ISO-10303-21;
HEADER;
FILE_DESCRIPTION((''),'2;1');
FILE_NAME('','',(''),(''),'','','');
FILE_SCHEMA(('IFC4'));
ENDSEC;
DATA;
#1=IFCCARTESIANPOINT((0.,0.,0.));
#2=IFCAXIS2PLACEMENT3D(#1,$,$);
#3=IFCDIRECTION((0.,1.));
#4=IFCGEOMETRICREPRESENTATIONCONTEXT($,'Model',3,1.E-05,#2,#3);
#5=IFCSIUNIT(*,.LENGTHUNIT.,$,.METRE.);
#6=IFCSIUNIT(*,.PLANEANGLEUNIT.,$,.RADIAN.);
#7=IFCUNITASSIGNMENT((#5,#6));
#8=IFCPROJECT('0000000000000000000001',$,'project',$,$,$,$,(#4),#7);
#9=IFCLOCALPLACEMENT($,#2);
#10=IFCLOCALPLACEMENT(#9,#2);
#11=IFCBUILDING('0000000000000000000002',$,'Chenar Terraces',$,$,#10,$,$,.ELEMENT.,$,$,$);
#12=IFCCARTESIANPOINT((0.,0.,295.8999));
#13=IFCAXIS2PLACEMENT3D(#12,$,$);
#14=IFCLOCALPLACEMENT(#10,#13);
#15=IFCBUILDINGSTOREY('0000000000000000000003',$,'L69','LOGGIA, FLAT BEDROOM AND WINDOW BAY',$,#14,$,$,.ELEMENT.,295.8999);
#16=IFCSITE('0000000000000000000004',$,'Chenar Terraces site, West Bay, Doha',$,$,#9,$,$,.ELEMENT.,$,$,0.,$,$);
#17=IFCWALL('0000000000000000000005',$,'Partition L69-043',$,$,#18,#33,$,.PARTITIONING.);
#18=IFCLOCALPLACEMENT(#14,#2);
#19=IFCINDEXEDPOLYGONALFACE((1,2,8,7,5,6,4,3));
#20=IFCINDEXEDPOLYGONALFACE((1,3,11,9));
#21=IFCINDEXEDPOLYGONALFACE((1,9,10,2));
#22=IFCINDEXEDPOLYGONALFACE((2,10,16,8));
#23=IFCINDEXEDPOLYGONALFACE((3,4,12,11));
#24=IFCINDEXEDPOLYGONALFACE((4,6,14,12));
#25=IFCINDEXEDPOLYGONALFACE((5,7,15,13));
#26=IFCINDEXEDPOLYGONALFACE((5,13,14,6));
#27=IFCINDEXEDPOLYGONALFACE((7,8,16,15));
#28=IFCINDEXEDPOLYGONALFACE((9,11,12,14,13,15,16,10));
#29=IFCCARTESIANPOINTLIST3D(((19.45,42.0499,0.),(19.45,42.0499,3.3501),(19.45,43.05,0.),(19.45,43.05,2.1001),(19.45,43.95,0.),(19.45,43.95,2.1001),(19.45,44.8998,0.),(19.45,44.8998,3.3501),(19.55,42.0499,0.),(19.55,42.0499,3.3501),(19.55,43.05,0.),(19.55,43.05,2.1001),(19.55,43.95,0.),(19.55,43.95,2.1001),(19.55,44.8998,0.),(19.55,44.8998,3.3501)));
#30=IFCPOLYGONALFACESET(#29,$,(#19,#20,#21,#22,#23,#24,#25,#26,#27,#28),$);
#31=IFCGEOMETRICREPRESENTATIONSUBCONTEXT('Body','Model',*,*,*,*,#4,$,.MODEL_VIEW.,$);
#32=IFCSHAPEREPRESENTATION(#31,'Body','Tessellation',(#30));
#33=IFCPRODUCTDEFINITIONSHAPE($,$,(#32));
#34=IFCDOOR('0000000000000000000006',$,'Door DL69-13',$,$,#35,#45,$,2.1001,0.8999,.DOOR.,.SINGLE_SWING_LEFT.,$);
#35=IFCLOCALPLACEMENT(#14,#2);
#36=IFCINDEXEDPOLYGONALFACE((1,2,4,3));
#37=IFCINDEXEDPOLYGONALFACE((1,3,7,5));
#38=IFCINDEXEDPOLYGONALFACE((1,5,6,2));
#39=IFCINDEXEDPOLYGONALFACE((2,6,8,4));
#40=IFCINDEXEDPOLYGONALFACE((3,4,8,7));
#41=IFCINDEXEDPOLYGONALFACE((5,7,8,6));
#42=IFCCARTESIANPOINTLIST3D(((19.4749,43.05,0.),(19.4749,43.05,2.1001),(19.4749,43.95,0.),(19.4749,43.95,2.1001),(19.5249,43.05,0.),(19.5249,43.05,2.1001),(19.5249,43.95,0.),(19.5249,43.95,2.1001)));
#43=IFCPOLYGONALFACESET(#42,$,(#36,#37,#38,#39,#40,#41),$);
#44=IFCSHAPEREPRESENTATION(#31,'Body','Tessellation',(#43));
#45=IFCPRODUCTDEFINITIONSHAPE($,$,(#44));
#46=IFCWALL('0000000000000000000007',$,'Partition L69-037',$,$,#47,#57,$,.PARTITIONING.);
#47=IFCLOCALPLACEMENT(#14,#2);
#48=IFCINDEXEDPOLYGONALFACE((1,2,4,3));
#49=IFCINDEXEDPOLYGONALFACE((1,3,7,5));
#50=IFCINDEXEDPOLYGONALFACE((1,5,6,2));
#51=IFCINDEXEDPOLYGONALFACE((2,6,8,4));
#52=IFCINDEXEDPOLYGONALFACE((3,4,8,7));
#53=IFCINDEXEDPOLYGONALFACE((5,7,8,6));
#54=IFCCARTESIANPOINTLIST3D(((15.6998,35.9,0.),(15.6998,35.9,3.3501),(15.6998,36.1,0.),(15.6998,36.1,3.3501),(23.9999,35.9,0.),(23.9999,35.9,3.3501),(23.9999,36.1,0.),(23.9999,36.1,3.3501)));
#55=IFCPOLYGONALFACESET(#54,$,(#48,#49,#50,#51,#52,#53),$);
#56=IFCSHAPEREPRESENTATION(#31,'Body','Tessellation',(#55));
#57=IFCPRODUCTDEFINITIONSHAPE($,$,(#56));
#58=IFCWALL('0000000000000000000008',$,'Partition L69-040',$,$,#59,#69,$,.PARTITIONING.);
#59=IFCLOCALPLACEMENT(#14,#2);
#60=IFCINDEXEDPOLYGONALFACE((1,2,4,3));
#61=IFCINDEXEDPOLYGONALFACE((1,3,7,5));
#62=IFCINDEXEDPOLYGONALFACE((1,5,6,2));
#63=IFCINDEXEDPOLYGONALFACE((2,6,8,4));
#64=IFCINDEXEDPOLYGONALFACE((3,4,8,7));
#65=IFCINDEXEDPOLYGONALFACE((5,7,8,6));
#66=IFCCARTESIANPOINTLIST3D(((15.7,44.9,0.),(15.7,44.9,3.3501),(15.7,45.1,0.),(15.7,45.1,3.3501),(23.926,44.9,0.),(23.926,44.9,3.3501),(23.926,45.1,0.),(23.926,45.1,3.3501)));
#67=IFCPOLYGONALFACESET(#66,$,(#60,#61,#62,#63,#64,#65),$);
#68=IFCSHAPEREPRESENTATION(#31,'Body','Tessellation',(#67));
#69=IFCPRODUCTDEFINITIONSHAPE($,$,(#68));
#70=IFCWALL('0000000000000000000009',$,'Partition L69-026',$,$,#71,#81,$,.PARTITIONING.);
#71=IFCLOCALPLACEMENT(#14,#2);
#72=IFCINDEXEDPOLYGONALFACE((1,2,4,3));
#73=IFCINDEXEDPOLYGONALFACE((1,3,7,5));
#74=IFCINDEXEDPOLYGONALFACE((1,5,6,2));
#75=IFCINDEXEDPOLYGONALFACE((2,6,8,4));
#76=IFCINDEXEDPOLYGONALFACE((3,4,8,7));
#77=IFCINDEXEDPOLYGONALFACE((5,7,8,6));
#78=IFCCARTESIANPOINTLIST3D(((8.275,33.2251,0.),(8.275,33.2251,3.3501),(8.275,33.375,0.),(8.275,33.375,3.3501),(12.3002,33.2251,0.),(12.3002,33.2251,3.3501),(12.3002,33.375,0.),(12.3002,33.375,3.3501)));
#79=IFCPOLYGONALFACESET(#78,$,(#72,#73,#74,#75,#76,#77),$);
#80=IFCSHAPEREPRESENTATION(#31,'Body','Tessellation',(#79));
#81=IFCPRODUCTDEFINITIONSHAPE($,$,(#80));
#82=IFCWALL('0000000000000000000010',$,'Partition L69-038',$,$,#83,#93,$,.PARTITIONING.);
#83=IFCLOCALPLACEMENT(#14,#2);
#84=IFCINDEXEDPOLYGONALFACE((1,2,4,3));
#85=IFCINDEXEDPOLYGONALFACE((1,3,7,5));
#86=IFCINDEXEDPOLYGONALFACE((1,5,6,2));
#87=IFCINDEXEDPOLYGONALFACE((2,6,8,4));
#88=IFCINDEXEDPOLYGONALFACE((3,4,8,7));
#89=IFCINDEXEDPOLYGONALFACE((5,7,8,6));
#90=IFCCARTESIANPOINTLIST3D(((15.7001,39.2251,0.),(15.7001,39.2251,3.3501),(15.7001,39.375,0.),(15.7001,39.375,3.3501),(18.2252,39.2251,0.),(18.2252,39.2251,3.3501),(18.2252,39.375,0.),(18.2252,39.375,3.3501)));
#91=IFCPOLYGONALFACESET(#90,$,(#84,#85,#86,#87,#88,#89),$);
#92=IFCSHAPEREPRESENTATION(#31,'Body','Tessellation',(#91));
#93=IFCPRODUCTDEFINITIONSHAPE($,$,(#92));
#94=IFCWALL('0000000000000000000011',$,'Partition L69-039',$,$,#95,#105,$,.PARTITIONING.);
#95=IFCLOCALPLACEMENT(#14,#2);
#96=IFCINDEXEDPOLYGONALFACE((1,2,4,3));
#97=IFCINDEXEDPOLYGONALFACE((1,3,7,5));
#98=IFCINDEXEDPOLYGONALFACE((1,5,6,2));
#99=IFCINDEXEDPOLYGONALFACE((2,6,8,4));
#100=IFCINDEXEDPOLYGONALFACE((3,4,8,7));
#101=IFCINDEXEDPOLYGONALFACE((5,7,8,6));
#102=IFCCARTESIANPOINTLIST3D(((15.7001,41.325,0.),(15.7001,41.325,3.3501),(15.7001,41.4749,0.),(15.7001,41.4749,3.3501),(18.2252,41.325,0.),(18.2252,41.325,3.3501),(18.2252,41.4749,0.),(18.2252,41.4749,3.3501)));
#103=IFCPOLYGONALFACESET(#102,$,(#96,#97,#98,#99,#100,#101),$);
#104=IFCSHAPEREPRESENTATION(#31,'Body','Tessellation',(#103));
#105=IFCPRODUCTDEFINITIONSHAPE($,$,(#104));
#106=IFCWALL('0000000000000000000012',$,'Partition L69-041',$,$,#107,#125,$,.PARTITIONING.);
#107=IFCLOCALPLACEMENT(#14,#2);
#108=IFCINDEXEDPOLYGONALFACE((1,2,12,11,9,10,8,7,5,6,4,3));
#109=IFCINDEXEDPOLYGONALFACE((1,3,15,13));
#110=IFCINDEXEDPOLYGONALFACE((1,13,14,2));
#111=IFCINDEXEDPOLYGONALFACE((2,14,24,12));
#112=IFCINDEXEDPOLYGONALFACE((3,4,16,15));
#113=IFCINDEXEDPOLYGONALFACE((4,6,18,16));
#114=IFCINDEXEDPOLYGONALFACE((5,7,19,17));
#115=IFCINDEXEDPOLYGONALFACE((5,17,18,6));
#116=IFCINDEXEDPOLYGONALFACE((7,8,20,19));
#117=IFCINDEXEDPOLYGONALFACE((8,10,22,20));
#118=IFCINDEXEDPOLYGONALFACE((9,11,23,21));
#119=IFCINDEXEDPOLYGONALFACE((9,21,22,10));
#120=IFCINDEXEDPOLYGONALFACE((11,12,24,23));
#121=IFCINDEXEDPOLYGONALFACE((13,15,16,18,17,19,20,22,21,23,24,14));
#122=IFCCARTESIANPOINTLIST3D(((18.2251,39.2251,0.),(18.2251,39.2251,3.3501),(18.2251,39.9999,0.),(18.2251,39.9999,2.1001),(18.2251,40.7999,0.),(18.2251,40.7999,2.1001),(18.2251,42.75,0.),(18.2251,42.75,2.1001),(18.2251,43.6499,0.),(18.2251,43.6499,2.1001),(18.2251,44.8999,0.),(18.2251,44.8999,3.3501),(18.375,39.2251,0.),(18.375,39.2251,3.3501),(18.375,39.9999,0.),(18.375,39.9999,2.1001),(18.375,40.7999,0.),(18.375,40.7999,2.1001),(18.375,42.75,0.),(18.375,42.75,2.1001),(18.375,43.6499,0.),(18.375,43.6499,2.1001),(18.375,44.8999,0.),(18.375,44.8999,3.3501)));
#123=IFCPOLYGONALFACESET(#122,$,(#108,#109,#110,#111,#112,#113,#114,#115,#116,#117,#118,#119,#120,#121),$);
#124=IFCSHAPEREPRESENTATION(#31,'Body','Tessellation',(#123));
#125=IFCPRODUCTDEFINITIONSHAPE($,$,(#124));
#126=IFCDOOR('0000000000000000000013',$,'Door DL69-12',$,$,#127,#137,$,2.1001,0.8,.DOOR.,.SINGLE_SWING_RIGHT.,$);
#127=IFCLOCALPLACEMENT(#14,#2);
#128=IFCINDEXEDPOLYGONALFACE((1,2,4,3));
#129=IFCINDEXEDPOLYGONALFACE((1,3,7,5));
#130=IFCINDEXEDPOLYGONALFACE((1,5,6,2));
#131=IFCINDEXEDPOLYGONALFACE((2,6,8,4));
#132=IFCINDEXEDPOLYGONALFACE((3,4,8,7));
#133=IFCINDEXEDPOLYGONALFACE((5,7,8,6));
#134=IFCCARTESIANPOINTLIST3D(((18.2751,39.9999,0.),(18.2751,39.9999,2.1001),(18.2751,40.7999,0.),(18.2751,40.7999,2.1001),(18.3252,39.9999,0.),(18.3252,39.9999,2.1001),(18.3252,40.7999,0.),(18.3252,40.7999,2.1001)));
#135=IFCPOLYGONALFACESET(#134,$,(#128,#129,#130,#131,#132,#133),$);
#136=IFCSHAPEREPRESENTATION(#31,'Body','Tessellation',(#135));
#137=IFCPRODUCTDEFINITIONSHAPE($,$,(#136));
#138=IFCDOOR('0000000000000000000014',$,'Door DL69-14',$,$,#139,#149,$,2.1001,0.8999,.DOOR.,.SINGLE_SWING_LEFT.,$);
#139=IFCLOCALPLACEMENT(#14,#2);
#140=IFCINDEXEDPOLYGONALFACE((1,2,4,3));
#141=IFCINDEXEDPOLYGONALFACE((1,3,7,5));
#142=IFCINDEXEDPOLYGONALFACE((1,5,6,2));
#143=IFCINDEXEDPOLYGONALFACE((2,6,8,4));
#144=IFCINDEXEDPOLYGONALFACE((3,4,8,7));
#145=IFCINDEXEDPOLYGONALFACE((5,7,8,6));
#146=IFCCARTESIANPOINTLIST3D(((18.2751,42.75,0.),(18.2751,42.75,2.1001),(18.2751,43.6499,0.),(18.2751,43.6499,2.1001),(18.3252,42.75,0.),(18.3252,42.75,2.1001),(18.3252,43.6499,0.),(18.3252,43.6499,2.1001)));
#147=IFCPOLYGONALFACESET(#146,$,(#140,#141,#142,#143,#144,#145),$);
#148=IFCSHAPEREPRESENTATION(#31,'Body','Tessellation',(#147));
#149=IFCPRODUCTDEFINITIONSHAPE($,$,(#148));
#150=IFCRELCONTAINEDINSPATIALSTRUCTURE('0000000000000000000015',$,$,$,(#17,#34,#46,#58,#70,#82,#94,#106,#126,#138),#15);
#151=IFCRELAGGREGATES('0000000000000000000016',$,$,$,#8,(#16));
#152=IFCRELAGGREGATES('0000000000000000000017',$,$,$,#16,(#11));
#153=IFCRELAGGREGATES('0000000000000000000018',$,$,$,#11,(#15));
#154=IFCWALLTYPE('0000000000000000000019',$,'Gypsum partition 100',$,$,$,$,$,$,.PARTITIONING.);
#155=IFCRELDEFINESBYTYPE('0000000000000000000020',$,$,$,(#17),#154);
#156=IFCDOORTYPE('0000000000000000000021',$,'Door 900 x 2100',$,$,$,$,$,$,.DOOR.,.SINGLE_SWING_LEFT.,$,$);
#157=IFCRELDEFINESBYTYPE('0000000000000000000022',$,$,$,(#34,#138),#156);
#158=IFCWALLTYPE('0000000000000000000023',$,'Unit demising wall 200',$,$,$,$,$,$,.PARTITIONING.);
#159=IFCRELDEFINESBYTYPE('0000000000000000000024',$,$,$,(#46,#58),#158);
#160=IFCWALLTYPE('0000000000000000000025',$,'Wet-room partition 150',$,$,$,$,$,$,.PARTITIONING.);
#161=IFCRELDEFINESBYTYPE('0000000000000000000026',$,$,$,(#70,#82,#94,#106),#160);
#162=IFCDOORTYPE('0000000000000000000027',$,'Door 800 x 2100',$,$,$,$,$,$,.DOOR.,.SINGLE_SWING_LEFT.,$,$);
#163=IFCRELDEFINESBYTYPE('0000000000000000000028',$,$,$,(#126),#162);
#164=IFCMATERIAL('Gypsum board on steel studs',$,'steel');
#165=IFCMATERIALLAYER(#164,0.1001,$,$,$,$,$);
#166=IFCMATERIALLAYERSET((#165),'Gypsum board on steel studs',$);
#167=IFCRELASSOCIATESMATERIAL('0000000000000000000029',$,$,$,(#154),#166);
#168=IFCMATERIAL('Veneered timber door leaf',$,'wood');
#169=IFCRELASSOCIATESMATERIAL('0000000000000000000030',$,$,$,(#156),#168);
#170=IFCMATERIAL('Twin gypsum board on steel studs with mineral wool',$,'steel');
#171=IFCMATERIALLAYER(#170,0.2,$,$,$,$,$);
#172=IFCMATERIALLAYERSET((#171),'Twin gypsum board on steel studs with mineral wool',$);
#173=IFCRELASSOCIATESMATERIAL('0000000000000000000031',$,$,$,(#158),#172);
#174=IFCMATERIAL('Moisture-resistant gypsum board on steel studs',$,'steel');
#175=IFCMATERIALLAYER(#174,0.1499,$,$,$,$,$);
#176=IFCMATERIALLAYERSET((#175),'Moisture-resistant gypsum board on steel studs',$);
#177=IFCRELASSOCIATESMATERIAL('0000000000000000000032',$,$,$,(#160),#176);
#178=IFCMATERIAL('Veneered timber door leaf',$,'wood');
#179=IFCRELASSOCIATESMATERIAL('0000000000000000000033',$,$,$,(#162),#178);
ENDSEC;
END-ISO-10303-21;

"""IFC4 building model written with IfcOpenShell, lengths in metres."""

from ifc_helpers import new_model, si_unit, direction, frame, frame_2d, origin, place, context, subcontext, project, spatial, rectangle, extrude, material, layer, layer_set, type_object, element, fill, save


model = new_model("IFC4")

# Units and contexts
model_context = context("Model", 3, precision=1e-05, world=origin(), true_north=direction((0.0, 1.0)))
body_context = subcontext(model_context, "Body", "Model", "MODEL_VIEW")
ifc_project = project(units=[si_unit("LENGTHUNIT", "METRE"), si_unit("PLANEANGLEUNIT", "RADIAN")], contexts=[model_context])

# Site, building, storey
site_placement = place(None, origin())
site = spatial("IfcSite", under=ifc_project, at=site_placement, Name="Chenar Terraces site, West Bay, Doha", CompositionType="ELEMENT", RefElevation=0.0)
building_placement = place(site_placement, origin())
building = spatial("IfcBuilding", under=site, at=building_placement, Name="Chenar Terraces", CompositionType="ELEMENT")
storey_placement = place(building_placement, frame((0.0, 0.0, 295.8999)))
storey = spatial("IfcBuildingStorey", under=building, at=storey_placement, Name="L69", Description="LOGGIA, FLAT BEDROOM AND WINDOW BAY", CompositionType="ELEMENT", Elevation=295.8999)

# Shared definitions
ifc_material_1 = material(Name="Gypsum board on steel studs", Category="steel")
ifc_layer_1 = layer(ifc_material_1, 0.1001)
ifc_layer_set_1 = layer_set([ifc_layer_1], Name="Gypsum board on steel studs")
wall_type_1 = type_object("IfcWallType", Name="Gypsum partition 100", PredefinedType="PARTITIONING", material=ifc_layer_set_1)

# Wall, opening, door
wall_1_placement = place(storey_placement, frame((19.5, 42.05, 0.0), z_axis=(0.0, 0.0, 1.0), x_axis=(0.0, 1.0, 0.0)))
wall_1 = element("IfcWall", 1, at=wall_1_placement, inside=storey, type_object=wall_type_1, Name="Partition L69-043", PredefinedType="PARTITIONING", context=body_context, shape_type="SweptSolid", body=[
    extrude(rectangle(XDim=2.8499, YDim=0.1001, at=frame_2d((1.4248, 0.0))), origin(), (0.0, 0.0, 1.0), 3.3501),
])
opening_1_placement = place(wall_1_placement, frame((1.0, 0.0, 0.0)))
opening_1 = element("IfcOpeningElement", 2, at=opening_1_placement, cuts=wall_1, PredefinedType="OPENING", context=body_context, shape_type="SweptSolid", body=[
    extrude(rectangle(XDim=0.8999, YDim=2.1001, at=frame_2d((0.45, 1.05))), frame((0.0, 0.0601, 0.0), z_axis=(0.0, -1.0, 0.0), x_axis=(1.0, 0.0, 0.0)), (0.0, 0.0, 1.0), 0.1201),
])
ifc_material_2 = material(Name="Veneered timber door leaf", Category="wood")
door_type_1 = type_object("IfcDoorType", Name="Door 900 x 2100", OperationType="SINGLE_SWING_LEFT", PredefinedType="DOOR", material=ifc_material_2)
door_1_placement = place(opening_1_placement, frame((0.8999, 0.0, 0.0), z_axis=(0.0, 0.0, 1.0), x_axis=(-1.0, 0.0, 0.0)))
door_1 = element("IfcDoor", 3, at=door_1_placement, inside=storey, type_object=door_type_1, Name="Door DL69-13", OperationType="SINGLE_SWING_LEFT", OverallHeight=2.1001, OverallWidth=0.8999, PredefinedType="DOOR", context=body_context, shape_type="SweptSolid", body=[
    extrude(rectangle(XDim=0.8999, YDim=2.1001, at=frame_2d((0.45, 1.05))), frame((0.0, 0.0249, 0.0), z_axis=(0.0, -1.0, 0.0), x_axis=(1.0, 0.0, 0.0)), (0.0, 0.0, 1.0), 0.05),
])
fill(opening_1, door_1)

# Walls
ifc_material_3 = material(Name="Twin gypsum board on steel studs with mineral wool", Category="steel")
ifc_layer_2 = layer(ifc_material_3, 0.2)
ifc_layer_set_2 = layer_set([ifc_layer_2], Name="Twin gypsum board on steel studs with mineral wool")
wall_type_2 = type_object("IfcWallType", Name="Unit demising wall 200", PredefinedType="PARTITIONING", material=ifc_layer_set_2)
wall_2_placement = place(storey_placement, frame((15.7, 36.0, 0.0), z_axis=(0.0, 0.0, 1.0), x_axis=(1.0, 0.0, 0.0)))
element("IfcWall", 4, at=wall_2_placement, inside=storey, type_object=wall_type_2, Name="Partition L69-037", PredefinedType="PARTITIONING", context=body_context, shape_type="SweptSolid", body=[
    extrude(rectangle(XDim=8.3, YDim=0.2, at=frame_2d((4.1499, 0.0))), origin(), (0.0, 0.0, 1.0), 3.3501),
])
wall_3_placement = place(storey_placement, frame((15.7, 45.0, 0.0), z_axis=(0.0, 0.0, 1.0), x_axis=(1.0, 0.0, 0.0)))
element("IfcWall", 5, at=wall_3_placement, inside=storey, type_object=wall_type_2, Name="Partition L69-040", PredefinedType="PARTITIONING", context=body_context, shape_type="SweptSolid", body=[
    extrude(rectangle(XDim=8.2261, YDim=0.2, at=frame_2d((4.113, 0.0))), origin(), (0.0, 0.0, 1.0), 3.3501),
])
ifc_material_4 = material(Name="Moisture-resistant gypsum board on steel studs", Category="steel")
ifc_layer_3 = layer(ifc_material_4, 0.1499)
ifc_layer_set_3 = layer_set([ifc_layer_3], Name="Moisture-resistant gypsum board on steel studs")
wall_type_3 = type_object("IfcWallType", Name="Wet-room partition 150", PredefinedType="PARTITIONING", material=ifc_layer_set_3)
wall_4_placement = place(storey_placement, frame((8.2749, 33.3, 0.0), z_axis=(0.0, 0.0, 1.0), x_axis=(1.0, 0.0, 0.0)))
element("IfcWall", 6, at=wall_4_placement, inside=storey, type_object=wall_type_3, Name="Partition L69-026", PredefinedType="PARTITIONING", context=body_context, shape_type="SweptSolid", body=[
    extrude(rectangle(XDim=4.0251, YDim=0.1499, at=frame_2d((2.0127, 0.0))), origin(), (0.0, 0.0, 1.0), 3.3501),
])
for number, where, z_axis, x_axis, name in (
    (7, (15.7, 39.3, 0.0), (0.0, 0.0, 1.0), (1.0, 0.0, 0.0), "Partition L69-038"),
    (8, (15.7, 41.3999, 0.0), (0.0, 0.0, 1.0), (1.0, 0.0, 0.0), "Partition L69-039"),
):
    element("IfcWall", number, at=place(storey_placement, frame(where, z_axis=z_axis, x_axis=x_axis)), inside=storey, type_object=wall_type_3, Name=name, PredefinedType="PARTITIONING", context=body_context, shape_type="SweptSolid", body=[
        extrude(rectangle(XDim=2.5251, YDim=0.1499, at=frame_2d((1.2627, 0.0))), origin(), (0.0, 0.0, 1.0), 3.3501),
    ])

# Wall, openings, doors
wall_5_placement = place(storey_placement, frame((18.3, 39.2251, 0.0), z_axis=(0.0, 0.0, 1.0), x_axis=(0.0, 1.0, 0.0)))
wall_5 = element("IfcWall", 9, at=wall_5_placement, inside=storey, type_object=wall_type_3, Name="Partition L69-041", PredefinedType="PARTITIONING", context=body_context, shape_type="SweptSolid", body=[
    extrude(rectangle(XDim=5.6748, YDim=0.1499, at=frame_2d((2.8374, 0.0))), origin(), (0.0, 0.0, 1.0), 3.3501),
])
opening_2_placement = place(wall_5_placement, frame((0.7749, 0.0, 0.0)))
opening_2 = element("IfcOpeningElement", 10, at=opening_2_placement, cuts=wall_5, PredefinedType="OPENING", context=body_context, shape_type="SweptSolid", body=[
    extrude(rectangle(XDim=0.8, YDim=2.1001, at=frame_2d((0.3999, 1.05))), frame((0.0, 0.085, 0.0), z_axis=(0.0, -1.0, 0.0), x_axis=(1.0, 0.0, 0.0)), (0.0, 0.0, 1.0), 0.1699),
])
opening_3_placement = place(wall_5_placement, frame((3.5249, 0.0, 0.0)))
opening_3 = element("IfcOpeningElement", 11, at=opening_3_placement, cuts=wall_5, PredefinedType="OPENING", context=body_context, shape_type="SweptSolid", body=[
    extrude(rectangle(XDim=0.8999, YDim=2.1001, at=frame_2d((0.45, 1.05))), frame((0.0, 0.085, 0.0), z_axis=(0.0, -1.0, 0.0), x_axis=(1.0, 0.0, 0.0)), (0.0, 0.0, 1.0), 0.1699),
])
ifc_material_5 = material(Name="Veneered timber door leaf", Category="wood")
door_type_2 = type_object("IfcDoorType", Name="Door 800 x 2100", OperationType="SINGLE_SWING_LEFT", PredefinedType="DOOR", material=ifc_material_5)
door_2_placement = place(opening_2_placement, origin())
door_2 = element("IfcDoor", 12, at=door_2_placement, inside=storey, type_object=door_type_2, Name="Door DL69-12", OperationType="SINGLE_SWING_RIGHT", OverallHeight=2.1001, OverallWidth=0.8, PredefinedType="DOOR", context=body_context, shape_type="SweptSolid", body=[
    extrude(rectangle(XDim=0.8, YDim=2.1001, at=frame_2d((0.3999, 1.05))), frame((0.0, 0.0249, 0.0), z_axis=(0.0, -1.0, 0.0), x_axis=(1.0, 0.0, 0.0)), (0.0, 0.0, 1.0), 0.05),
])
fill(opening_2, door_2)
door_3_placement = place(opening_3_placement, origin())
door_3 = element("IfcDoor", 13, at=door_3_placement, inside=storey, type_object=door_type_1, Name="Door DL69-14", OperationType="SINGLE_SWING_LEFT", OverallHeight=2.1001, OverallWidth=0.8999, PredefinedType="DOOR", context=body_context, shape_type="SweptSolid", body=[
    extrude(rectangle(XDim=0.8999, YDim=2.1001, at=frame_2d((0.45, 1.05))), frame((0.0, 0.0249, 0.0), z_axis=(0.0, -1.0, 0.0), x_axis=(1.0, 0.0, 0.0)), (0.0, 0.0, 1.0), 0.05),
])
fill(opening_3, door_3)

save(model, "model.ifc")
